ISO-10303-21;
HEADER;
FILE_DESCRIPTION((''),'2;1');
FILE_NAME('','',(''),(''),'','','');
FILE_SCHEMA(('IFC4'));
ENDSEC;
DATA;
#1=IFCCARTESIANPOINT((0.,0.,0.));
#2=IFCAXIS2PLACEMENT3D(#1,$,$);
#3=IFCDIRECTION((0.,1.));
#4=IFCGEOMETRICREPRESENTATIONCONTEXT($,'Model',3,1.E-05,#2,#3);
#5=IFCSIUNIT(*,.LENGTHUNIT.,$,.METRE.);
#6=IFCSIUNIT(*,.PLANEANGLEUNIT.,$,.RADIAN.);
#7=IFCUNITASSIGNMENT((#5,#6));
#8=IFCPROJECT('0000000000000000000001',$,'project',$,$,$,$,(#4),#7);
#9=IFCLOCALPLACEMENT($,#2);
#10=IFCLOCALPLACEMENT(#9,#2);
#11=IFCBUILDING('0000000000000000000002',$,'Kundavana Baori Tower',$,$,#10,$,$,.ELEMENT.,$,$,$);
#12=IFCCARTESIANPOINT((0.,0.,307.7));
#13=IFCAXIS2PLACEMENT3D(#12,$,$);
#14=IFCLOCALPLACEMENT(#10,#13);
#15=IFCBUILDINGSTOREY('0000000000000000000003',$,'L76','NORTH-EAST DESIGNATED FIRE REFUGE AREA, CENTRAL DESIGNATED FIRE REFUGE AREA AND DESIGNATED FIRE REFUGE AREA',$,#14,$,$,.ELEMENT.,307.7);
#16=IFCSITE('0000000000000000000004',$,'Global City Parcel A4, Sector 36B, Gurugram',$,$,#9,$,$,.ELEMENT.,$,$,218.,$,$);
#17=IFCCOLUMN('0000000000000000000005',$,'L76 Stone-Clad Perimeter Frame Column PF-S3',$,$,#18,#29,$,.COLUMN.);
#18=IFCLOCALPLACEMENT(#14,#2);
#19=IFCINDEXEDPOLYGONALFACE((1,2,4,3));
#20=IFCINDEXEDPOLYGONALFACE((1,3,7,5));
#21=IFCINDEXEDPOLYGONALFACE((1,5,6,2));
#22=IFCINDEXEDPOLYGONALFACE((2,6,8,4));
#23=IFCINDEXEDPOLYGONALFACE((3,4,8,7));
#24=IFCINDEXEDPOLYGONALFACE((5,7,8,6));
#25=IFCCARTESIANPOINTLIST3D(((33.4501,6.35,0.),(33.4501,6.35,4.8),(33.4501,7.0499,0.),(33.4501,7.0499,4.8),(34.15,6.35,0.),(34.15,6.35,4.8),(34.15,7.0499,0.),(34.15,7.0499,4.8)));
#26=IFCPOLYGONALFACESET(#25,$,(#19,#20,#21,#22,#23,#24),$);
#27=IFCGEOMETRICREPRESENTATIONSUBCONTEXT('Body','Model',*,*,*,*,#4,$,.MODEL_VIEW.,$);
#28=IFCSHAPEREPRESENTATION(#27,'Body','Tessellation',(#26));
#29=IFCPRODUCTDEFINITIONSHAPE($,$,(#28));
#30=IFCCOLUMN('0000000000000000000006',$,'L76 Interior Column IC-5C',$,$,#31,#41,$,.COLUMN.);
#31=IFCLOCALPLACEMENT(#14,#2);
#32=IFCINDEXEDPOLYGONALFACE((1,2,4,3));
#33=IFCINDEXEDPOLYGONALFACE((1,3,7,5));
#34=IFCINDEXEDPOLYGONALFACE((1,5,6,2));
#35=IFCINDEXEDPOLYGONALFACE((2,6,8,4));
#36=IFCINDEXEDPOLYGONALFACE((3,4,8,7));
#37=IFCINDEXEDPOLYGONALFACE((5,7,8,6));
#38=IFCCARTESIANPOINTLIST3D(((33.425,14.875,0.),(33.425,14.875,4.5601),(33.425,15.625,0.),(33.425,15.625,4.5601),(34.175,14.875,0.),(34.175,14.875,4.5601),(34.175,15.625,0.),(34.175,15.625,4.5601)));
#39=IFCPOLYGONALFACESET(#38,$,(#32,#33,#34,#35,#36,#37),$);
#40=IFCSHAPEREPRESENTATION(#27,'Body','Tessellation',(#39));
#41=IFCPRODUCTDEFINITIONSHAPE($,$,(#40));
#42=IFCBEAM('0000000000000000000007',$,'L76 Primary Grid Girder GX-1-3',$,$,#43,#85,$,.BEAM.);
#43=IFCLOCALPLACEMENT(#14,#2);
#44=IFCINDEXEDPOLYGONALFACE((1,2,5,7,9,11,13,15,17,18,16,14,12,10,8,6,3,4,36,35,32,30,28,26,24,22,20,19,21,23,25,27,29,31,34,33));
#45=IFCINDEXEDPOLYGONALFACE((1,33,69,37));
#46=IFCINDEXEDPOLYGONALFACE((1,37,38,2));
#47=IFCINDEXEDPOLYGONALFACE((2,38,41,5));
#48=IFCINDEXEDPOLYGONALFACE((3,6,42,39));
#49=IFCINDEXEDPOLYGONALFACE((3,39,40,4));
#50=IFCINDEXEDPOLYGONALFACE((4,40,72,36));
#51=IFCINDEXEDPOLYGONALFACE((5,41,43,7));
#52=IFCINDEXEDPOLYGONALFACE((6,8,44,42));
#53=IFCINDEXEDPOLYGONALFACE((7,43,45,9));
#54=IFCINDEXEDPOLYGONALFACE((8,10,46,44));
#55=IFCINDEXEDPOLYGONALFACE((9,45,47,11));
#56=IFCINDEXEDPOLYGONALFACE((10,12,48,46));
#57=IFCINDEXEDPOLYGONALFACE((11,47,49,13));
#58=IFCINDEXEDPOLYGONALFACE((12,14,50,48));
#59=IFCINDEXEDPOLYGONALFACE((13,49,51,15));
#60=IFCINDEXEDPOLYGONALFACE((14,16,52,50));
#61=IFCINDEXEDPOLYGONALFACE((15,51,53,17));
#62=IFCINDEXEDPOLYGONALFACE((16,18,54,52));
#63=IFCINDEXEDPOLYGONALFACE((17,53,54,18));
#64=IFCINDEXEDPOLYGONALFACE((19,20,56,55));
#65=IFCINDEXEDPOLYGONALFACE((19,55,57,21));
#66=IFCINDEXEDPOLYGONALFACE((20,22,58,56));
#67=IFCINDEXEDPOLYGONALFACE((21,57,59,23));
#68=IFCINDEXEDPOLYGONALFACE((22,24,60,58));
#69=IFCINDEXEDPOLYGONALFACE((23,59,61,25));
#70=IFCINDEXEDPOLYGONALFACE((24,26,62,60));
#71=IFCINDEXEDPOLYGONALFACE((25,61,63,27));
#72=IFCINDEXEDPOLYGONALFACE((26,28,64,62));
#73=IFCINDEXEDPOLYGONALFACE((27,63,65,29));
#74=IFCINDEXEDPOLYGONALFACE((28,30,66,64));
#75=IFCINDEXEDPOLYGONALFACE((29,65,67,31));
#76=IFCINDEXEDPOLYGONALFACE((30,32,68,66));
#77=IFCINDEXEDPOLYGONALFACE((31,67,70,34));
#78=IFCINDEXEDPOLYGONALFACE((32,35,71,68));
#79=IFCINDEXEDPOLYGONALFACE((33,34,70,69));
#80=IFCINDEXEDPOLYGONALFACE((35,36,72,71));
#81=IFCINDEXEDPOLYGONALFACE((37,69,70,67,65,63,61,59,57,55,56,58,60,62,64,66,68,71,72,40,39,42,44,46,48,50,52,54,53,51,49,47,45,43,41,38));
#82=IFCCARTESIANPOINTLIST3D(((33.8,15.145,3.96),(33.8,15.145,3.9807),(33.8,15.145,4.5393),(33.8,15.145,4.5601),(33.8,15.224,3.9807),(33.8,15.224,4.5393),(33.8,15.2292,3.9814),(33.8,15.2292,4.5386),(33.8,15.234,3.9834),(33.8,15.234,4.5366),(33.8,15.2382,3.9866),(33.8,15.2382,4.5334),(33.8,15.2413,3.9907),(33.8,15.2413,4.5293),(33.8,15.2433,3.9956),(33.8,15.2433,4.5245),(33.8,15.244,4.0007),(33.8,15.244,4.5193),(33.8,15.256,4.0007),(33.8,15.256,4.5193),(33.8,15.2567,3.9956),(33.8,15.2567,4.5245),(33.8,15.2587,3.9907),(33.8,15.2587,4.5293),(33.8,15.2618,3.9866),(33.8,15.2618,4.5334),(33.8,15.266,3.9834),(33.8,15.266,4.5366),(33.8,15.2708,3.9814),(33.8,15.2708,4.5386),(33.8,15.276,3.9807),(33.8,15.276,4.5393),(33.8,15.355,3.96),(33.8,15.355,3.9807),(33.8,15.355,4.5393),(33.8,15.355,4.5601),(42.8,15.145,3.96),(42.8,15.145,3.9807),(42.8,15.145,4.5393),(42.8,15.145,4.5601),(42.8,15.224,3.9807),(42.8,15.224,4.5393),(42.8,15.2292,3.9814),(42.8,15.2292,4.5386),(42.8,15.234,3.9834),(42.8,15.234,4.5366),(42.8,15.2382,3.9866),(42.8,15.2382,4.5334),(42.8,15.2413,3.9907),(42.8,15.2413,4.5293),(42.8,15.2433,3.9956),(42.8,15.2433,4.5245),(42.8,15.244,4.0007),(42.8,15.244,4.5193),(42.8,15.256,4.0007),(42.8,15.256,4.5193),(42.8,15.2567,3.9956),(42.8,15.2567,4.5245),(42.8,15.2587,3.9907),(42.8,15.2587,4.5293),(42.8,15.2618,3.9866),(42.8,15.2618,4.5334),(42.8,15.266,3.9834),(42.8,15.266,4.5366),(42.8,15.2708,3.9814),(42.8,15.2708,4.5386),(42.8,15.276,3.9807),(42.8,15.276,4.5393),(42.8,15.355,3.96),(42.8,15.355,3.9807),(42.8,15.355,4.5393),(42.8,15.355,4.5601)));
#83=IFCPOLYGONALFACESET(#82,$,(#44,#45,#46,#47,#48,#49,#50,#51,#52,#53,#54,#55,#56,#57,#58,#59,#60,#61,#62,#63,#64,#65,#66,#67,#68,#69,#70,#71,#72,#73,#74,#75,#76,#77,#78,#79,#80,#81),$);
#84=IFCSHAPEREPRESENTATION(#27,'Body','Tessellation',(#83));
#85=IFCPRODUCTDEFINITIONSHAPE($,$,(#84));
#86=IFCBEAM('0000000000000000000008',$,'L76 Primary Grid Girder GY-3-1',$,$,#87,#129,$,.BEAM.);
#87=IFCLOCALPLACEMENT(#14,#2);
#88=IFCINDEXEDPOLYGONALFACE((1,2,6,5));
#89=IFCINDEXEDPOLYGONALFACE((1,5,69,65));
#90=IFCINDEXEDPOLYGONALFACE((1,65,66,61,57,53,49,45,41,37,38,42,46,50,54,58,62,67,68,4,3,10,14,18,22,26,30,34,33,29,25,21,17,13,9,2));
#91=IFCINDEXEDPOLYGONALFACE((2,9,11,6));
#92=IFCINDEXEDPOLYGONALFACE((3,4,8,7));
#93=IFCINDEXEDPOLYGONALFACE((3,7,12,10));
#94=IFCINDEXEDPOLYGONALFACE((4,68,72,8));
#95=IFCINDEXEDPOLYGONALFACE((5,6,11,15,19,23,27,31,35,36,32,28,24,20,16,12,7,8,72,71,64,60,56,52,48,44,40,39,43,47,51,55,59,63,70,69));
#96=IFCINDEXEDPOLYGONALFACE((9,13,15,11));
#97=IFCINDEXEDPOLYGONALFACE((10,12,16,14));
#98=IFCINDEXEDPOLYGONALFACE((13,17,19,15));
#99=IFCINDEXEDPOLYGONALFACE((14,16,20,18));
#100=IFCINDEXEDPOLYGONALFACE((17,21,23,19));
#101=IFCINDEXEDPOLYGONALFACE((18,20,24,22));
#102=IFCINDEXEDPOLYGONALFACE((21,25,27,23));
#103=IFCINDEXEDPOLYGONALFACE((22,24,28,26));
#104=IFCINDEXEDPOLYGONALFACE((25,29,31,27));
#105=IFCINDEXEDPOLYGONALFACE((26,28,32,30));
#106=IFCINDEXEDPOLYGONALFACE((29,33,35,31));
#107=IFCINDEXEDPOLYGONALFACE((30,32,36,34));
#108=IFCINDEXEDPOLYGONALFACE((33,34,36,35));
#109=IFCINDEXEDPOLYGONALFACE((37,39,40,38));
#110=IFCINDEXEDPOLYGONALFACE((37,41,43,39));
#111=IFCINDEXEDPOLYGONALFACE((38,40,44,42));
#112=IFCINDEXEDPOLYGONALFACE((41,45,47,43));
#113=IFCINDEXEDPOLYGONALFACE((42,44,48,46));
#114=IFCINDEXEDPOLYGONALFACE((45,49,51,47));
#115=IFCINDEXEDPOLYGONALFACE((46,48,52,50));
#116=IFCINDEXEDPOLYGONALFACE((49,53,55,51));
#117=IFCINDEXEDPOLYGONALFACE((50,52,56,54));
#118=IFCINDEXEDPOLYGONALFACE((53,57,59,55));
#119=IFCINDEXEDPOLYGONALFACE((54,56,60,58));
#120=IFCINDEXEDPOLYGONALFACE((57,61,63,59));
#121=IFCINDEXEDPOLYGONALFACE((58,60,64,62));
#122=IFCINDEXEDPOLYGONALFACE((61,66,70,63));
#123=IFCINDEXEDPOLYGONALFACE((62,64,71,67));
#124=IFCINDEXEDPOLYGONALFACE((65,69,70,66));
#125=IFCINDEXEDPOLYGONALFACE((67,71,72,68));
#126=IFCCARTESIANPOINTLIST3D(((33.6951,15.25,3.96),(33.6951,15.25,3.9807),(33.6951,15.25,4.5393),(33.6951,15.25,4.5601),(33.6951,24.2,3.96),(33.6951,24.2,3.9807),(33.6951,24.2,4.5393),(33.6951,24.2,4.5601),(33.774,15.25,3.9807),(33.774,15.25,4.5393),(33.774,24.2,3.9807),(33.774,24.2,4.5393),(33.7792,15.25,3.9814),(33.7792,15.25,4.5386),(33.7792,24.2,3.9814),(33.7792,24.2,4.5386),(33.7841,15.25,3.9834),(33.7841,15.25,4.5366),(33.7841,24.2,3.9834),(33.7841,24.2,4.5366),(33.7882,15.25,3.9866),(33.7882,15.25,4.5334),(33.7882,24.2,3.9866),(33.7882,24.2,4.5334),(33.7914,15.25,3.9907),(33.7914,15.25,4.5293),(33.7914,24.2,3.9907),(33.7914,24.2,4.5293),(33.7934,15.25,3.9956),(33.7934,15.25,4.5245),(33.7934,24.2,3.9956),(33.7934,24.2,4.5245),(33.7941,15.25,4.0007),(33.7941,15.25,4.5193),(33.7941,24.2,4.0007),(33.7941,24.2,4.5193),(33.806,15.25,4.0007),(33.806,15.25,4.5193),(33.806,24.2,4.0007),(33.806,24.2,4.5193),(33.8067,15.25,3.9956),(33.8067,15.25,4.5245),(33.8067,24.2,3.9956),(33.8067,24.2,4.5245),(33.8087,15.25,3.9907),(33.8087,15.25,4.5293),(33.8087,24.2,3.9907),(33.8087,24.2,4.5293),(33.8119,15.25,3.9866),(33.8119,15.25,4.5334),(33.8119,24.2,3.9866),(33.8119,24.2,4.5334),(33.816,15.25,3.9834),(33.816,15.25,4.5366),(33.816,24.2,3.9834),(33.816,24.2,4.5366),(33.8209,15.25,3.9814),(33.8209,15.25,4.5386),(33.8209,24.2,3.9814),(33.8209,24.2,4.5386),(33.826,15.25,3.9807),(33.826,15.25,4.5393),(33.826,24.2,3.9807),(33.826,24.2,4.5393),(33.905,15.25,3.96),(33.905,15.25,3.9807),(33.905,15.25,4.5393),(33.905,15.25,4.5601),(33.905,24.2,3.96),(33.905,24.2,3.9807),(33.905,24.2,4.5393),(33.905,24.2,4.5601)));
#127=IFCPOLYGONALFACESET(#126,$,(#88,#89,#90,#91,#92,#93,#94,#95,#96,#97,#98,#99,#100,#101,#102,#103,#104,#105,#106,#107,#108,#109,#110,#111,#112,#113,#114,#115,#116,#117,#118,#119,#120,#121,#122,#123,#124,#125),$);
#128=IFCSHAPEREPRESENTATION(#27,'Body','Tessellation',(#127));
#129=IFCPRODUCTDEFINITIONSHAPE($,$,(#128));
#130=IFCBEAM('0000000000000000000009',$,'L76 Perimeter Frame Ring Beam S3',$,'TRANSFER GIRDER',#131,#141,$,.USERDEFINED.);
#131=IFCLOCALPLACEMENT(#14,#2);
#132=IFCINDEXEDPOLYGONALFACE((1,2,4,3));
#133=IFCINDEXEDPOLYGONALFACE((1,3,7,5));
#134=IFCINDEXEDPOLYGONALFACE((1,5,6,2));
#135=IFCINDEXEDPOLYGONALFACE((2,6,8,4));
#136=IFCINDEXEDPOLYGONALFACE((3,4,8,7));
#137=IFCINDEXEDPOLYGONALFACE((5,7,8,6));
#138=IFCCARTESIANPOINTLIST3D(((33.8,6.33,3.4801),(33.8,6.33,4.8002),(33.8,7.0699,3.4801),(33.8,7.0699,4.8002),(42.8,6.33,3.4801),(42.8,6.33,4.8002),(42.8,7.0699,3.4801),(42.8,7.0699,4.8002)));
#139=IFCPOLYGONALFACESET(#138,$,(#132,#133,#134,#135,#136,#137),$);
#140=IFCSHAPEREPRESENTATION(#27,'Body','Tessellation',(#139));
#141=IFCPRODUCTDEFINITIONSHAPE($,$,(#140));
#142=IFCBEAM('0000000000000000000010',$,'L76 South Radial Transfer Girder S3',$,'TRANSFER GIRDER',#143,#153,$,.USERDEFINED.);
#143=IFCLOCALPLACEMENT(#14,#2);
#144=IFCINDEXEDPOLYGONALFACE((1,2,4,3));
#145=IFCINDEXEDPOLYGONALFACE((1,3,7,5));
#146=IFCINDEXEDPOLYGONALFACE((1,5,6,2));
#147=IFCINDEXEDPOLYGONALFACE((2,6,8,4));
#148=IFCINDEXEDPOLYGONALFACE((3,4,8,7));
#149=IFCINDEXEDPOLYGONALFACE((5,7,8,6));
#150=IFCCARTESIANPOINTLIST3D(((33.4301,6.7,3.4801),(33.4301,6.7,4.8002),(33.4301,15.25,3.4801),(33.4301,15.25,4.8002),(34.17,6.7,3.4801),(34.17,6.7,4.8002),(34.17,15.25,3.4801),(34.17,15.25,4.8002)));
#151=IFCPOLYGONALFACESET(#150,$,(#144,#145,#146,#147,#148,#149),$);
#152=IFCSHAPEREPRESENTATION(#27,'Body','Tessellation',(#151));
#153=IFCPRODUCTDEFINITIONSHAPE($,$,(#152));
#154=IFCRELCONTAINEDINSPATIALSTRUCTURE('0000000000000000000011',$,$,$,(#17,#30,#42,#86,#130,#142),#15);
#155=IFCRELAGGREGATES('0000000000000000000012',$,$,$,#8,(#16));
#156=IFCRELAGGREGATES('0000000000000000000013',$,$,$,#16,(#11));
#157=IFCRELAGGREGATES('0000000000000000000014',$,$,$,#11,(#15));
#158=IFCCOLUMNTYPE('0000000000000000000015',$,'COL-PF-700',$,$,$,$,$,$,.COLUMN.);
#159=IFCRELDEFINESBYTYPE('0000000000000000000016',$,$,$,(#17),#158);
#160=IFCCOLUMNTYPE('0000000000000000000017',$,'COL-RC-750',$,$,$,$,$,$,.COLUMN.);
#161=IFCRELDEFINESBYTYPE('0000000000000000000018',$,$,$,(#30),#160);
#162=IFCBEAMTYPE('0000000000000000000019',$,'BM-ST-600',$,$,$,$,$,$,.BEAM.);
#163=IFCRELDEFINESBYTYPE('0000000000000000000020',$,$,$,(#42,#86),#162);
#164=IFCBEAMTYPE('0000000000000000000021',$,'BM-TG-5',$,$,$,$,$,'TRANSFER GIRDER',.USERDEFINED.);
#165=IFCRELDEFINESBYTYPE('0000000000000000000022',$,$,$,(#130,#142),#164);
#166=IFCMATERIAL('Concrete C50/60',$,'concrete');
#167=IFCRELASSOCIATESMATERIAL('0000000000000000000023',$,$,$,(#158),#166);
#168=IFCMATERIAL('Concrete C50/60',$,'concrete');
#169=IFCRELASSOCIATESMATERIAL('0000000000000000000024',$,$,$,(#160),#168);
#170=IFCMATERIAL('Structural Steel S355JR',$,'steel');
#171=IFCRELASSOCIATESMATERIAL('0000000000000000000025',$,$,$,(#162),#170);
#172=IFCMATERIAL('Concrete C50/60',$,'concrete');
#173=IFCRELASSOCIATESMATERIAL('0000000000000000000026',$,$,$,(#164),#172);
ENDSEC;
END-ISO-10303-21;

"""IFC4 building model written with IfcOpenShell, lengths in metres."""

from ifc_helpers import new_model, si_unit, direction, frame, origin, origin_2d, place, context, subcontext, project, spatial, rectangle, i_section, extrude, material, material_profile, profile_set, type_object, element, save


model = new_model("IFC4")

# Units and contexts
model_context = context("Model", 3, precision=1e-05, world=origin(), true_north=direction((0.0, 1.0)))
body_context = subcontext(model_context, "Body", "Model", "MODEL_VIEW")
ifc_project = project(units=[si_unit("LENGTHUNIT", "METRE"), si_unit("PLANEANGLEUNIT", "RADIAN")], contexts=[model_context])

# Site, building, storey
site_placement = place(None, origin())
site = spatial("IfcSite", under=ifc_project, at=site_placement, Name="Global City Parcel A4, Sector 36B, Gurugram", CompositionType="ELEMENT", RefElevation=218.0)
building_placement = place(site_placement, origin())
building = spatial("IfcBuilding", under=site, at=building_placement, Name="Kundavana Baori Tower", CompositionType="ELEMENT")
storey_placement = place(building_placement, frame((0.0, 0.0, 307.7)))
storey = spatial("IfcBuildingStorey", under=building, at=storey_placement, Name="L76", Description="NORTH-EAST DESIGNATED FIRE REFUGE AREA, CENTRAL DESIGNATED FIRE REFUGE AREA AND DESIGNATED FIRE REFUGE AREA", CompositionType="ELEMENT", Elevation=307.7)

# Columns
ifc_material_1 = material(Name="Concrete C50/60", Category="concrete")
ifc_material_profile_1 = material_profile(ifc_material_1, rectangle(XDim=0.7, YDim=0.7, at=origin_2d()), Name="RC PF 700x700")
ifc_profile_set_1 = profile_set([ifc_material_profile_1], Name="Concrete C50/60")
column_type_1 = type_object("IfcColumnType", Name="COL-PF-700", PredefinedType="COLUMN", material=ifc_profile_set_1)
column_1_placement = place(storey_placement, frame((33.8, 6.7, 0.0), z_axis=(0.0, 0.0, 1.0), x_axis=(1.0, 0.0, 0.0)))
element("IfcColumn", 1, at=column_1_placement, inside=storey, type_object=column_type_1, Name="L76 Stone-Clad Perimeter Frame Column PF-S3", PredefinedType="COLUMN", context=body_context, shape_type="SweptSolid", body=[
    extrude(rectangle(XDim=0.7, YDim=0.7, at=origin_2d()), origin(), (0.0, 0.0, 1.0), 4.8),
])
ifc_material_2 = material(Name="Concrete C50/60", Category="concrete")
ifc_material_profile_2 = material_profile(ifc_material_2, rectangle(XDim=0.75, YDim=0.75, at=origin_2d()), Name="RC 750x750")
ifc_profile_set_2 = profile_set([ifc_material_profile_2], Name="Concrete C50/60")
column_type_2 = type_object("IfcColumnType", Name="COL-RC-750", PredefinedType="COLUMN", material=ifc_profile_set_2)
column_2_placement = place(storey_placement, frame((33.8, 15.25, 0.0), z_axis=(0.0, 0.0, 1.0), x_axis=(1.0, 0.0, 0.0)))
element("IfcColumn", 2, at=column_2_placement, inside=storey, type_object=column_type_2, Name="L76 Interior Column IC-5C", PredefinedType="COLUMN", context=body_context, shape_type="SweptSolid", body=[
    extrude(rectangle(XDim=0.75, YDim=0.75, at=origin_2d()), origin(), (0.0, 0.0, 1.0), 4.5601),
])

# Beams
ifc_material_3 = material(Name="Structural Steel S355JR", Category="steel")
ifc_material_profile_3 = material_profile(ifc_material_3, i_section(OverallWidth=0.21, OverallDepth=0.6001, WebThickness=0.012, FlangeThickness=0.0208, FilletRadius=0.02, at=origin_2d()), Name="ISMB 600")
ifc_profile_set_3 = profile_set([ifc_material_profile_3], Name="Structural Steel S355JR")
beam_type_1 = type_object("IfcBeamType", Name="BM-ST-600", PredefinedType="BEAM", material=ifc_profile_set_3)
beam_1_placement = place(storey_placement, frame((33.8, 15.25, 4.26), z_axis=(1.0, 0.0, 0.0), x_axis=(0.0, 1.0, 0.0)))
element("IfcBeam", 3, at=beam_1_placement, inside=storey, type_object=beam_type_1, Name="L76 Primary Grid Girder GX-1-3", PredefinedType="BEAM", context=body_context, shape_type="SweptSolid", body=[
    extrude(i_section(OverallWidth=0.21, OverallDepth=0.6001, WebThickness=0.012, FlangeThickness=0.0208, FilletRadius=0.02, at=origin_2d()), origin(), (0.0, 0.0, 1.0), 9.0),
])
beam_2_placement = place(storey_placement, frame((33.8, 15.25, 4.26), z_axis=(0.0, 1.0, 0.0), x_axis=(-1.0, 0.0, 0.0)))
element("IfcBeam", 4, at=beam_2_placement, inside=storey, type_object=beam_type_1, Name="L76 Primary Grid Girder GY-3-1", PredefinedType="BEAM", context=body_context, shape_type="SweptSolid", body=[
    extrude(i_section(OverallWidth=0.21, OverallDepth=0.6001, WebThickness=0.012, FlangeThickness=0.0208, FilletRadius=0.02, at=origin_2d()), origin(), (0.0, 0.0, 1.0), 8.95),
])
ifc_material_4 = material(Name="Concrete C50/60", Category="concrete")
ifc_material_profile_4 = material_profile(ifc_material_4, rectangle(XDim=0.74, YDim=1.3201, at=origin_2d()), Name="BM-TG-5")
ifc_profile_set_4 = profile_set([ifc_material_profile_4], Name="Concrete C50/60")
beam_type_2 = type_object("IfcBeamType", Name="BM-TG-5", ElementType="TRANSFER GIRDER", PredefinedType="USERDEFINED", material=ifc_profile_set_4)
beam_3_placement = place(storey_placement, frame((33.8, 6.7, 4.1401), z_axis=(1.0, 0.0, 0.0), x_axis=(0.0, 1.0, 0.0)))
element("IfcBeam", 5, at=beam_3_placement, inside=storey, type_object=beam_type_2, Name="L76 Perimeter Frame Ring Beam S3", ObjectType="TRANSFER GIRDER", PredefinedType="USERDEFINED", context=body_context, shape_type="SweptSolid", body=[
    extrude(rectangle(XDim=0.74, YDim=1.3201, at=origin_2d()), origin(), (0.0, 0.0, 1.0), 9.0),
])
beam_4_placement = place(storey_placement, frame((33.8, 15.25, 4.1401), z_axis=(0.0, -1.0, 0.0), x_axis=(1.0, 0.0, 0.0)))
element("IfcBeam", 6, at=beam_4_placement, inside=storey, type_object=beam_type_2, Name="L76 South Radial Transfer Girder S3", ObjectType="TRANSFER GIRDER", PredefinedType="USERDEFINED", context=body_context, shape_type="SweptSolid", body=[
    extrude(rectangle(XDim=0.74, YDim=1.3201, at=origin_2d()), origin(), (0.0, 0.0, 1.0), 8.55),
])

save(model, "model.ifc")
